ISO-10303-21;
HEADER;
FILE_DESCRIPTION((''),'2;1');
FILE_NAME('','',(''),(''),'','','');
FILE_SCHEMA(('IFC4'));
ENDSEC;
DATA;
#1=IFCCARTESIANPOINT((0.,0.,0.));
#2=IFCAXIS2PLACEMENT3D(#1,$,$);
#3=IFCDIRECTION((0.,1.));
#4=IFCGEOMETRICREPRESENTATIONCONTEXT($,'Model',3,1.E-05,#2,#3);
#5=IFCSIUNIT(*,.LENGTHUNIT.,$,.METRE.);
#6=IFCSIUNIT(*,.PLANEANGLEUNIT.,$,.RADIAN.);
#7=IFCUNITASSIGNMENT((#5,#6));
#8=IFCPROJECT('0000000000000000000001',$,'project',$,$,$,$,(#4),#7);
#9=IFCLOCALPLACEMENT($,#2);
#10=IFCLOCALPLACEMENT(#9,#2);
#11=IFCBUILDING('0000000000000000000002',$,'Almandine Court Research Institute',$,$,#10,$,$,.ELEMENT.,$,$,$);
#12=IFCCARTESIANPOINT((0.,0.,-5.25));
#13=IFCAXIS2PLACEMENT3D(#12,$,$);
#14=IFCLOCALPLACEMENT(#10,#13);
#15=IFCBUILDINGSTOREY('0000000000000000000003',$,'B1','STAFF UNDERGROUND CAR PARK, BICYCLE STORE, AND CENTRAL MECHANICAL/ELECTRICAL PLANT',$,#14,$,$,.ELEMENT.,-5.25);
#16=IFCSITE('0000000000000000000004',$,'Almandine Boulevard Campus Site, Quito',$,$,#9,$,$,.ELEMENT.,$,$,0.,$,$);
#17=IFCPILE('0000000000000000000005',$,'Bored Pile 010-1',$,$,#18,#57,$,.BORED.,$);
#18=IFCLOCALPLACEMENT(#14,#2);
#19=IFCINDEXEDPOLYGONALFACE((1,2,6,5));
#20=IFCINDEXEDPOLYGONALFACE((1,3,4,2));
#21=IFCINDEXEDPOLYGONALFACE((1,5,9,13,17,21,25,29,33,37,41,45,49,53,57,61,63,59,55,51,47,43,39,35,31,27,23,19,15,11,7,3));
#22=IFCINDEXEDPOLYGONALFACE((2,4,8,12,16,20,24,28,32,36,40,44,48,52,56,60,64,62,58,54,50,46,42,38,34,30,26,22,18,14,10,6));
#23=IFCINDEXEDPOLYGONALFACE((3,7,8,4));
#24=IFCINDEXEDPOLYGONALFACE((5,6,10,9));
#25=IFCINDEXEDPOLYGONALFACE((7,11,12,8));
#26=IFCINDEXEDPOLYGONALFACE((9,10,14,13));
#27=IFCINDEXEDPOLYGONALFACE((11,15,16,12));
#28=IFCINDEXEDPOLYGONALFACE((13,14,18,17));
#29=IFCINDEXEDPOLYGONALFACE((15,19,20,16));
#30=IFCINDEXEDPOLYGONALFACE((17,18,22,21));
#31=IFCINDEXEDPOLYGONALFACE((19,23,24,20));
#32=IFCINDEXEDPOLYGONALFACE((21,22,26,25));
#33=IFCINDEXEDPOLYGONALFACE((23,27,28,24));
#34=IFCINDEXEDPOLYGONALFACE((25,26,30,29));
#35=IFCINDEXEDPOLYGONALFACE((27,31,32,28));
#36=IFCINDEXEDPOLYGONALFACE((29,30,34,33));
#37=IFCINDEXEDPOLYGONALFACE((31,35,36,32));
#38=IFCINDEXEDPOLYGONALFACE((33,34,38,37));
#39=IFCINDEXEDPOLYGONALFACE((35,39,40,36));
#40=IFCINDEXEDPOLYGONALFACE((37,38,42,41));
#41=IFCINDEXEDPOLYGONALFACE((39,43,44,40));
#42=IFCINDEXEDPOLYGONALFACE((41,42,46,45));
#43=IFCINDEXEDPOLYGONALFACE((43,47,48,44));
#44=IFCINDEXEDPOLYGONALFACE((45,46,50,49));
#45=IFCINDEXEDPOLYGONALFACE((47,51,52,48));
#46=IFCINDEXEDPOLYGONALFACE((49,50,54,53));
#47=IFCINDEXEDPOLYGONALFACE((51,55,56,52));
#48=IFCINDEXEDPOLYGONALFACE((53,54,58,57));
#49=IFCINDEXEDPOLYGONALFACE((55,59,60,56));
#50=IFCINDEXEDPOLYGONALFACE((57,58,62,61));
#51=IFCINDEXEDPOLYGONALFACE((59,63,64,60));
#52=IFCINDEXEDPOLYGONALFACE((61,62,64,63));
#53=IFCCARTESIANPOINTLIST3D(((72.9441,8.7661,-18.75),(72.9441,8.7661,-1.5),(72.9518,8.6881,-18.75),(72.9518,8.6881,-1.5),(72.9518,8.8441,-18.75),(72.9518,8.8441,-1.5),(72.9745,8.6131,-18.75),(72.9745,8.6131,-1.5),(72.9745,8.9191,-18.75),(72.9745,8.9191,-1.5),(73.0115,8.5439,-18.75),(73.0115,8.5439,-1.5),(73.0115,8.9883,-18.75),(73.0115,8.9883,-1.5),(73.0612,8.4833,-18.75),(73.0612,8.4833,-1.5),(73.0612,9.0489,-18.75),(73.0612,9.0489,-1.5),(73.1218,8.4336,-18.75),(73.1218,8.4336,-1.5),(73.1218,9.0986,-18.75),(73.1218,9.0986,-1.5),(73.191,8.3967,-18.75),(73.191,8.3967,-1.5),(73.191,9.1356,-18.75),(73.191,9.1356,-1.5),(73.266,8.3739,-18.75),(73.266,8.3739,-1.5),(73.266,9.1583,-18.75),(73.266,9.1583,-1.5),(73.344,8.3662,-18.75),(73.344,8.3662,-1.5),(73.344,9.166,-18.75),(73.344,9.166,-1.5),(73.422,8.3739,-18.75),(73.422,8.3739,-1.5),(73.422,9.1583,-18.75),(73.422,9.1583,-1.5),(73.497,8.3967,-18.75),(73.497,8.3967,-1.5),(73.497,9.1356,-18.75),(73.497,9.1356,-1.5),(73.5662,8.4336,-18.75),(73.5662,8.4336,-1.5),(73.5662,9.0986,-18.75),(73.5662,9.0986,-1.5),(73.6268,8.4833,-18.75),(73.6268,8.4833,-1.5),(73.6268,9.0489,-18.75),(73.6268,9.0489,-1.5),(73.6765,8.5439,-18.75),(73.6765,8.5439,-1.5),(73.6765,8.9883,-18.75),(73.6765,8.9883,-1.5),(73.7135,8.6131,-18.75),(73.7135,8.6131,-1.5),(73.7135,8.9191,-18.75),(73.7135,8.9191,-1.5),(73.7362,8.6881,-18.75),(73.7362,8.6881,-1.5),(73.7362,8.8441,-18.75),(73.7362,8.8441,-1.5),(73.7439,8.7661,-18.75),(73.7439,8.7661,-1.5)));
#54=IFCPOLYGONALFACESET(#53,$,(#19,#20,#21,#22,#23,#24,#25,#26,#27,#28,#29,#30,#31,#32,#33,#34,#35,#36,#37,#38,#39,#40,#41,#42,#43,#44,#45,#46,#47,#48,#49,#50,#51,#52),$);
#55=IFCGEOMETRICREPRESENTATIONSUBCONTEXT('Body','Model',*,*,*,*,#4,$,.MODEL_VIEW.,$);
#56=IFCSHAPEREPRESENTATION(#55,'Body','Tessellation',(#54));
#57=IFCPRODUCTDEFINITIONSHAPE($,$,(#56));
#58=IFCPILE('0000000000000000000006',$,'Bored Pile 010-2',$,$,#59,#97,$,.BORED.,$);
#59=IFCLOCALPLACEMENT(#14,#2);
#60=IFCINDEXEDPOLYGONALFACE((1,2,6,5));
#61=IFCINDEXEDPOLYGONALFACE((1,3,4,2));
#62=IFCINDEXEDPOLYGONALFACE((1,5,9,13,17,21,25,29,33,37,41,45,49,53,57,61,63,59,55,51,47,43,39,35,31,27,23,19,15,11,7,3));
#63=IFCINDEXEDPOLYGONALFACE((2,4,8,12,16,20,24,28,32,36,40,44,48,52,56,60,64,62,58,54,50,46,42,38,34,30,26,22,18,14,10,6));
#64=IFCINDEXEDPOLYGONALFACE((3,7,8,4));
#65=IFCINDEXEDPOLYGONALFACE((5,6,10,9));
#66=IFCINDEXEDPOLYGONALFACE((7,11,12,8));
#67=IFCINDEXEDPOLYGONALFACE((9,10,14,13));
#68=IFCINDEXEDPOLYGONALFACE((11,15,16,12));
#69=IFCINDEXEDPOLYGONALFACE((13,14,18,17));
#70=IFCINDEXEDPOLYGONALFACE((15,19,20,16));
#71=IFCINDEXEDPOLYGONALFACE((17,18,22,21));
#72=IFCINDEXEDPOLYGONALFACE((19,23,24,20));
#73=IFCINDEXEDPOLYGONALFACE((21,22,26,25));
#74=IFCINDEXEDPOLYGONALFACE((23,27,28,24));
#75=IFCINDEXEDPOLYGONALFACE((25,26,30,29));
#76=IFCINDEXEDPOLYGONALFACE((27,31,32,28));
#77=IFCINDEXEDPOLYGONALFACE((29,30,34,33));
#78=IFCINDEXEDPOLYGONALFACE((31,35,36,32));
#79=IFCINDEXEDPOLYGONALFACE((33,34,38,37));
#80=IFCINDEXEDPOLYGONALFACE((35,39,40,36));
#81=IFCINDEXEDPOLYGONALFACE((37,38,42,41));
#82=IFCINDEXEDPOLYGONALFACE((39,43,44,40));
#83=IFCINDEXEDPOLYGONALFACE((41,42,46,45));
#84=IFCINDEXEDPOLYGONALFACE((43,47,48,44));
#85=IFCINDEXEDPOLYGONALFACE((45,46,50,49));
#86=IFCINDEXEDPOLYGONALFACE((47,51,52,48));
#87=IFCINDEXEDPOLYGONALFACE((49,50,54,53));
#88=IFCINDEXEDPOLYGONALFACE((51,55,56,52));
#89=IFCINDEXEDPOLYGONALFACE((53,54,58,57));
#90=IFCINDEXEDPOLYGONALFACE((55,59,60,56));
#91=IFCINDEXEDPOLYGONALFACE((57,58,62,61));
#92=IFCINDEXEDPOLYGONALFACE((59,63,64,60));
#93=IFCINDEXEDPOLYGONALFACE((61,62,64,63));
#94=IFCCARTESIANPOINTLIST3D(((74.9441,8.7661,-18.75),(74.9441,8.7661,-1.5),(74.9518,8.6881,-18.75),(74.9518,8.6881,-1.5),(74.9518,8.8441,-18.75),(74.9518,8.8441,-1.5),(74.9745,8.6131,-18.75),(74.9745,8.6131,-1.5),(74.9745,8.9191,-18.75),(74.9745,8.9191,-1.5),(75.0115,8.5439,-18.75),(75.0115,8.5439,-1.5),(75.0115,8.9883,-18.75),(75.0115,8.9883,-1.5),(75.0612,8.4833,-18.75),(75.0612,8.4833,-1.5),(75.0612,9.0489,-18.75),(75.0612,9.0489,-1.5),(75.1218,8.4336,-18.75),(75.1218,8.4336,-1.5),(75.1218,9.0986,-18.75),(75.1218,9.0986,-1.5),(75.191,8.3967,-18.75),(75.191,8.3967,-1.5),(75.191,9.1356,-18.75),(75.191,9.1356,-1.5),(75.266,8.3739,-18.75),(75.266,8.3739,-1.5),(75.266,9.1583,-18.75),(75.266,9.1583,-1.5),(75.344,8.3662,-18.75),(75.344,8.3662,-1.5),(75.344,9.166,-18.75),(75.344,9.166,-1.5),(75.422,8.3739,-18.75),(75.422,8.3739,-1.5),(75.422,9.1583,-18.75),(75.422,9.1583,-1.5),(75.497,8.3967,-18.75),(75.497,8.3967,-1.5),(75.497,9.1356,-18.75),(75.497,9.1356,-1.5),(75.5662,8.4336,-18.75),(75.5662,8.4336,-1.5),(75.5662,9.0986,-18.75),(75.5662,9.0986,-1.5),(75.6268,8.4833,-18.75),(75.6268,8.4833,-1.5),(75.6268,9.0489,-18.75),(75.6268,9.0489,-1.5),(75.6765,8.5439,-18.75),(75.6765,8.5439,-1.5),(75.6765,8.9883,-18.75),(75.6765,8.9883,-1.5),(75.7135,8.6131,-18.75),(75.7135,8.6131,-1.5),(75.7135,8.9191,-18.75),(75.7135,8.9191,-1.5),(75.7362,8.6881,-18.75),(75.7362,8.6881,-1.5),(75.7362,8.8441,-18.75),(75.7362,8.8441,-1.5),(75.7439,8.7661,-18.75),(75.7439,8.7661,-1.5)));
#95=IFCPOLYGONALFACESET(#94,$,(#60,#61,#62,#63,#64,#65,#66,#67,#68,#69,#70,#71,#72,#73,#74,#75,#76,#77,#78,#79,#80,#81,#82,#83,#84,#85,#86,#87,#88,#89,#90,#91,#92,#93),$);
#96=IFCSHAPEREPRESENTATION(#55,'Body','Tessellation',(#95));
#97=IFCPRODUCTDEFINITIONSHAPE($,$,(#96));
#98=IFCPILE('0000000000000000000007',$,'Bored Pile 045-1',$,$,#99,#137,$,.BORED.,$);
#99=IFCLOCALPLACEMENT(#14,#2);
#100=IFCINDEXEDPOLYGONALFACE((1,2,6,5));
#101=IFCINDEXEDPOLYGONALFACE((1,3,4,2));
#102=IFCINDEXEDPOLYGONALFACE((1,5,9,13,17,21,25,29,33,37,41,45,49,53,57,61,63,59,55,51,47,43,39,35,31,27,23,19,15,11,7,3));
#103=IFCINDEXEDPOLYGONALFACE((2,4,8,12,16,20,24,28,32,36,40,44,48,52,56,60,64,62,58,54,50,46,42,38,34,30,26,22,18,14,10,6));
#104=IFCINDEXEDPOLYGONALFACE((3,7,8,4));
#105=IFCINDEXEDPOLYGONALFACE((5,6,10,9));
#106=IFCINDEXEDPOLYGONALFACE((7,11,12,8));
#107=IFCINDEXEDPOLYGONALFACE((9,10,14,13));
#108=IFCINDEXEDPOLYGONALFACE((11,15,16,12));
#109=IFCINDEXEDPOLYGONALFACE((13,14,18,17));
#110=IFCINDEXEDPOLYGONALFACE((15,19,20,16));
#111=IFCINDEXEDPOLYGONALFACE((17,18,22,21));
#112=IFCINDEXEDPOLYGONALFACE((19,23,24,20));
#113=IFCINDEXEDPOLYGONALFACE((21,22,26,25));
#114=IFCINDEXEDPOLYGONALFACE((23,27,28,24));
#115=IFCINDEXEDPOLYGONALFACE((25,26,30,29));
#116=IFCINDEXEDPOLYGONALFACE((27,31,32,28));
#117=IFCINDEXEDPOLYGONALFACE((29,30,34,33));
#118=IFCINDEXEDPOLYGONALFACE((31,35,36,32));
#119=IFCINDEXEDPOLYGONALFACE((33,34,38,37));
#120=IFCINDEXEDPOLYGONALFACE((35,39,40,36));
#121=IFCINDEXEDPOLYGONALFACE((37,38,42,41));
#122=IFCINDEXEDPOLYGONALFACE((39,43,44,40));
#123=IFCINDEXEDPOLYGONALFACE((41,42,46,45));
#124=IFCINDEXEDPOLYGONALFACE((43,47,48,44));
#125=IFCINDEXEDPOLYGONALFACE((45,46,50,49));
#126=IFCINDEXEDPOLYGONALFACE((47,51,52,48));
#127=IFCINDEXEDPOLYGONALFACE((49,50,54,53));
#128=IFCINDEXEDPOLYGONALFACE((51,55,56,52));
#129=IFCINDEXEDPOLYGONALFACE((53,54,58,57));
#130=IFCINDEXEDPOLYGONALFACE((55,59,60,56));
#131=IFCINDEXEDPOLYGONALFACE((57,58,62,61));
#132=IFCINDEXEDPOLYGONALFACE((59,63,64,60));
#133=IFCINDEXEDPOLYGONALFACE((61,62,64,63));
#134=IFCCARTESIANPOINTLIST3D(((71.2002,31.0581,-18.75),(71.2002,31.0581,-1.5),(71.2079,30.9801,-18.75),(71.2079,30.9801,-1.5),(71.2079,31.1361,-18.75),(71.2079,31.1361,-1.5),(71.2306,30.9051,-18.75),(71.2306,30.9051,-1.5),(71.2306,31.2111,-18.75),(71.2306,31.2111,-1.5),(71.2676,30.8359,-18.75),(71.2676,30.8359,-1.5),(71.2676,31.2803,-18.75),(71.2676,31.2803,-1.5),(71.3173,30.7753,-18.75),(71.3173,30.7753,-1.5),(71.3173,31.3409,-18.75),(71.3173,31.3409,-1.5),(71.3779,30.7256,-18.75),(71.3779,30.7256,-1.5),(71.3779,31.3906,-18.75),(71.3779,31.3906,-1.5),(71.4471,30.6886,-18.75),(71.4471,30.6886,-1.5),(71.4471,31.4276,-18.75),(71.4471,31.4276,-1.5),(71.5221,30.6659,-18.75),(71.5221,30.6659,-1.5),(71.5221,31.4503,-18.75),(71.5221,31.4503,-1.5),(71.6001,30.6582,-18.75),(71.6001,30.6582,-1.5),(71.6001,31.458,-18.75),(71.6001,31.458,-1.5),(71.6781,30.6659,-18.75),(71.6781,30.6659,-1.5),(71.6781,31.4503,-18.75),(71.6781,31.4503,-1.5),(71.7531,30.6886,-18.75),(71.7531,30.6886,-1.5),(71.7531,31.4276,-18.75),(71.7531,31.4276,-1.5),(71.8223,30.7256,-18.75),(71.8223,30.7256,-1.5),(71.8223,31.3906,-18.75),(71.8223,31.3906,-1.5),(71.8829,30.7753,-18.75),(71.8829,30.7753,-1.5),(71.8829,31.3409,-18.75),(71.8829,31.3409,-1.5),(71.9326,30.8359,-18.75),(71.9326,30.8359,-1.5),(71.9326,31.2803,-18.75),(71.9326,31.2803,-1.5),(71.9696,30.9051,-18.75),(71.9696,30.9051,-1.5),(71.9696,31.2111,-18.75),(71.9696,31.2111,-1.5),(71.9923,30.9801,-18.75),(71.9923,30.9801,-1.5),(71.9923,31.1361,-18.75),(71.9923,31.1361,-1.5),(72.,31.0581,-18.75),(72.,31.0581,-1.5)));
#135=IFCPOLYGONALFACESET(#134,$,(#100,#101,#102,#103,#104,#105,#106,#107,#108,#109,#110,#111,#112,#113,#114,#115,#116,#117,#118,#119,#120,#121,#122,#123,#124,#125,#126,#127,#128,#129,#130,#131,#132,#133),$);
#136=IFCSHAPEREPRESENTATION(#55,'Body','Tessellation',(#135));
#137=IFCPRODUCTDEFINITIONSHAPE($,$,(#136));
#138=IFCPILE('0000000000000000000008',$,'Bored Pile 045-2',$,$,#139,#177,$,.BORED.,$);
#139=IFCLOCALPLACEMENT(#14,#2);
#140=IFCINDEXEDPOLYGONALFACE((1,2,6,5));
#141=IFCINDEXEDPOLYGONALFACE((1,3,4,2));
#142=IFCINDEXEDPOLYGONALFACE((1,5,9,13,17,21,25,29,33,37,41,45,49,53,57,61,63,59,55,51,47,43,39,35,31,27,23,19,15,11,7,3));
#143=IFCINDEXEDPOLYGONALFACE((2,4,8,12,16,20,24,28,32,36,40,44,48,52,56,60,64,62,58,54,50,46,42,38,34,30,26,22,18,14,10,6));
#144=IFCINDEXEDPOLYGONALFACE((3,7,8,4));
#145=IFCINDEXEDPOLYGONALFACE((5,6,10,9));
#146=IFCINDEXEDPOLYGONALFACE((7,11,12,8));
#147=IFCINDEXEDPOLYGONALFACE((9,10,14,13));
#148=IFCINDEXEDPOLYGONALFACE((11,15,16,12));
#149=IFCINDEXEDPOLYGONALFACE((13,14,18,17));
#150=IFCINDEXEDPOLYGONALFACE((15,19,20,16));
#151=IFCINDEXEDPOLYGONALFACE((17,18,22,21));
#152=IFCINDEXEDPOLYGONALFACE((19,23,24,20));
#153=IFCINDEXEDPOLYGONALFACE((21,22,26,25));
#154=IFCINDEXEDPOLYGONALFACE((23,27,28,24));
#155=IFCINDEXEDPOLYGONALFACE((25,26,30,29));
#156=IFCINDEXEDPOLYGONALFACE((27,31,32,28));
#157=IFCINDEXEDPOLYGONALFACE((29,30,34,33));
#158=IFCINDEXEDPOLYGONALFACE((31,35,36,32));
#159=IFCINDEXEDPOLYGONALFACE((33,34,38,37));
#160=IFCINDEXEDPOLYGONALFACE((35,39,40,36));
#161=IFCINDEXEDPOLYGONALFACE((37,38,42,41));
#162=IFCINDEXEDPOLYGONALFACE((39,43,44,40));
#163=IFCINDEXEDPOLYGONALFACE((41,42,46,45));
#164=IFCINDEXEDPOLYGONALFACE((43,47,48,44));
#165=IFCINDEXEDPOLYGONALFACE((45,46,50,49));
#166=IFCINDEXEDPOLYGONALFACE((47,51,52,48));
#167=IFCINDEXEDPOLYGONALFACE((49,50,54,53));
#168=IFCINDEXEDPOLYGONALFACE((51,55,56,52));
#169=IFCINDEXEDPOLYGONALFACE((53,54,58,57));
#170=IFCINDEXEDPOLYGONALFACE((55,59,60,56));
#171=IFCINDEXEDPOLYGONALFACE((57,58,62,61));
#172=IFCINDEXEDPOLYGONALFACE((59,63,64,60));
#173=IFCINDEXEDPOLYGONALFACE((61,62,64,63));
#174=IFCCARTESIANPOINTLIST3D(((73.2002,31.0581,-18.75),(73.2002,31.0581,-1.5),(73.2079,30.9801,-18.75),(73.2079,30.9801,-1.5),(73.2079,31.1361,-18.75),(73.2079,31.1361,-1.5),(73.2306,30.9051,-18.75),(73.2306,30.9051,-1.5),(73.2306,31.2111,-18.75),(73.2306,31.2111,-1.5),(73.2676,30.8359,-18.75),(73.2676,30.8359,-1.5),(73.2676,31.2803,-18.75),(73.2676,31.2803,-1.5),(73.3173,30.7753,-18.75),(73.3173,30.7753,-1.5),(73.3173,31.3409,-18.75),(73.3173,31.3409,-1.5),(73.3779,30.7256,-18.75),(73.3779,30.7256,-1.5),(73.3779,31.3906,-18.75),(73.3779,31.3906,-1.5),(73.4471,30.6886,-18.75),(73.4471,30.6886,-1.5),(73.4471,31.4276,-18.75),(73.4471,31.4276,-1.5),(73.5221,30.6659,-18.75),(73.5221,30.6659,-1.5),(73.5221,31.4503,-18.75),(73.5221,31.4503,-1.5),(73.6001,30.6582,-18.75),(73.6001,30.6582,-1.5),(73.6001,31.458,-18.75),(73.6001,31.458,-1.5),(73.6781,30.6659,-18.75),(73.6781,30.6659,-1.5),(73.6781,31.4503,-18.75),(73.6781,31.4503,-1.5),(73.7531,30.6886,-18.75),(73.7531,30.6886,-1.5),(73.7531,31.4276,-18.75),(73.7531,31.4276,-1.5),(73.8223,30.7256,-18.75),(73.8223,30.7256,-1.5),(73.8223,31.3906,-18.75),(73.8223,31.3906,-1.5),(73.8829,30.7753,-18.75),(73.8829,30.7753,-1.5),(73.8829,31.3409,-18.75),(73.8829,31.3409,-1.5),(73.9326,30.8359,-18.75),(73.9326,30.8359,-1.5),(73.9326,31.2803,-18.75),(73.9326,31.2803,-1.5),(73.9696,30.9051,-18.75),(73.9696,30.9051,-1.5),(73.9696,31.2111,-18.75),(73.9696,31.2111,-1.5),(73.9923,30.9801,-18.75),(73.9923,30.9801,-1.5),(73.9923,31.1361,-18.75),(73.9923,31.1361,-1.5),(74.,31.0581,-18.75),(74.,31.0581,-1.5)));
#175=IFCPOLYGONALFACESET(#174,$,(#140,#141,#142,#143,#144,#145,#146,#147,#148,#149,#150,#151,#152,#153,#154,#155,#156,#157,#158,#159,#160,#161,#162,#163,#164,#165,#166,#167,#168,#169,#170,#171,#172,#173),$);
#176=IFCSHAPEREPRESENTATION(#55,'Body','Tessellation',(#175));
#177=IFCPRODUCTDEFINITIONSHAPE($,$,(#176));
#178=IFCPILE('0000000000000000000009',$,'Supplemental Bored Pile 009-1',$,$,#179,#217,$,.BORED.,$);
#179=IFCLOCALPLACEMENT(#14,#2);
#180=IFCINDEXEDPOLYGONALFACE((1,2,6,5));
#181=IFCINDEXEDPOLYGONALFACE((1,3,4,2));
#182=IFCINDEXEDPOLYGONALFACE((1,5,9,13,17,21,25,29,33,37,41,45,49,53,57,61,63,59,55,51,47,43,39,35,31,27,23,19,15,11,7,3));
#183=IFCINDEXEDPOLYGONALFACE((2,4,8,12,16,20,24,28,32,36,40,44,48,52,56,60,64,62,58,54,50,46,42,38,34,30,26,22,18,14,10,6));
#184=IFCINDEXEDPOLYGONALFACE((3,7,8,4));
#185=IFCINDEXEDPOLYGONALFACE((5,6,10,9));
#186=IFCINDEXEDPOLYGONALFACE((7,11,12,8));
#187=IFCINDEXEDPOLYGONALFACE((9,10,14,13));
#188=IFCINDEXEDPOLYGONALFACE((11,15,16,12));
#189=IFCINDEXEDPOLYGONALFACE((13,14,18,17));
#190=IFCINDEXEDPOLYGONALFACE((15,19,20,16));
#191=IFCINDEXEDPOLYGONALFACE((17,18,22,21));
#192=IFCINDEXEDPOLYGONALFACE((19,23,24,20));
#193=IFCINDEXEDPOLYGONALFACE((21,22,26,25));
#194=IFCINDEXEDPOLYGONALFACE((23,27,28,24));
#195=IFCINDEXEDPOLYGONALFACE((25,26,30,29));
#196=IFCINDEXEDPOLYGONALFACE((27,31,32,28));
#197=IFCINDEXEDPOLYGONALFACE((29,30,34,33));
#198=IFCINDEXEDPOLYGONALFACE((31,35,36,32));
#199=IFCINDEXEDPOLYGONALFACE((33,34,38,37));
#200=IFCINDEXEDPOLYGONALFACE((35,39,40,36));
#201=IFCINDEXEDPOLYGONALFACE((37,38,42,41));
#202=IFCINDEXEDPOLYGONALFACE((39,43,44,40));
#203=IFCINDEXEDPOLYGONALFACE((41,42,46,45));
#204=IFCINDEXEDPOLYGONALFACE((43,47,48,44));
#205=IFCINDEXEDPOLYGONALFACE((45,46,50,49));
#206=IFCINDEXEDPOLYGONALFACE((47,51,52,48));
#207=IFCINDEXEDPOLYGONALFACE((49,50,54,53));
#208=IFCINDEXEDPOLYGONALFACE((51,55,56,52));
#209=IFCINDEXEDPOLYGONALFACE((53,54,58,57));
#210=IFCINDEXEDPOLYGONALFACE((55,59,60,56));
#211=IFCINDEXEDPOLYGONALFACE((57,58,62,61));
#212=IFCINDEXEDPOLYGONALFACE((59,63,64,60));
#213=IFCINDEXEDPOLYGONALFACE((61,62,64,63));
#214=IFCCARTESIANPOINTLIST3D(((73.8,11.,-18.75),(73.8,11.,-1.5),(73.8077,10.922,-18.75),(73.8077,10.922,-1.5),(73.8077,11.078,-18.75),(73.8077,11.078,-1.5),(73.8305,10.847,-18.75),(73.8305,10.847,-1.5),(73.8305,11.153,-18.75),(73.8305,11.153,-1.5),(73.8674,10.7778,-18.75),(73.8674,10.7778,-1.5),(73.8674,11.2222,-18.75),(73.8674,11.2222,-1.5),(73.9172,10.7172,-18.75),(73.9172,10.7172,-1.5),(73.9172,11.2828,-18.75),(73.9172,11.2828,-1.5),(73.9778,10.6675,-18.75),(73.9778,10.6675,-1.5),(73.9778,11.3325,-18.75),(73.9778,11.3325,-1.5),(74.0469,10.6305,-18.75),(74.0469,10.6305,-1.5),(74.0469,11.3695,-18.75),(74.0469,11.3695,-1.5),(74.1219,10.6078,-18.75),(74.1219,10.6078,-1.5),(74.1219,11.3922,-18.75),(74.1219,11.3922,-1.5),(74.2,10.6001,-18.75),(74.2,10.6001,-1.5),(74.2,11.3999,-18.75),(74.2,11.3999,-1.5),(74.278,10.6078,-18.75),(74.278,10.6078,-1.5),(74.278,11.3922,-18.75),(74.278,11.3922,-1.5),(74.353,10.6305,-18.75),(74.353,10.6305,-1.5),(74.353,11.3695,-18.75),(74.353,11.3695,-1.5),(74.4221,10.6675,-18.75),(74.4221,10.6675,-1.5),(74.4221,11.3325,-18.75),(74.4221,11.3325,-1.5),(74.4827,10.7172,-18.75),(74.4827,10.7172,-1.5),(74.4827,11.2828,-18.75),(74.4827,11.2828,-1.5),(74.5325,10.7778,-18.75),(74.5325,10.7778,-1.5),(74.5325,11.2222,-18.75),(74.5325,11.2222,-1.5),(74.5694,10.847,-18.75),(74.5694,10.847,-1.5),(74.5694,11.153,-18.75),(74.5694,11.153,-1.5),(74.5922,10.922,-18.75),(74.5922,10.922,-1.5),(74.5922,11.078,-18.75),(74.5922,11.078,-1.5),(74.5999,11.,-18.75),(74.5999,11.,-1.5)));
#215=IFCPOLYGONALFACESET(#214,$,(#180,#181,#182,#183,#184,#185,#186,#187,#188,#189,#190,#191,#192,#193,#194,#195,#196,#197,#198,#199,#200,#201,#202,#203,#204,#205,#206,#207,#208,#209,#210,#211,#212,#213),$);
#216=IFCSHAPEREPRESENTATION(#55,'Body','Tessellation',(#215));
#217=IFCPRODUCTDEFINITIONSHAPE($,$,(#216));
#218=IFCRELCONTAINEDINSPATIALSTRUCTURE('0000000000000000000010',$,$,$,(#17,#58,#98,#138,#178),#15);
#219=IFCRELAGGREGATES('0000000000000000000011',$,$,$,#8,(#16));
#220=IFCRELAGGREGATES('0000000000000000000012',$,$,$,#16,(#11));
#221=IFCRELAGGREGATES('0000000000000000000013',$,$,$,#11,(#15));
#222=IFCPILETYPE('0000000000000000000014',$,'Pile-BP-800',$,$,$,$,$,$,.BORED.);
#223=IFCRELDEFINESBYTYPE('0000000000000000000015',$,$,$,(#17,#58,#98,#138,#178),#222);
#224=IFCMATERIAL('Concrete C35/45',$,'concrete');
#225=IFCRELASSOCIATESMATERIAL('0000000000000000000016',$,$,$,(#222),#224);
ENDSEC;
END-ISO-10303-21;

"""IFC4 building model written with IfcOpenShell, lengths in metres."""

from ifc_helpers import new_model, si_unit, direction, frame, origin, origin_2d, place, context, subcontext, project, spatial, circle, extrude, material, material_profile, profile_set, type_object, element, save


model = new_model("IFC4")

# Units and contexts
model_context = context("Model", 3, precision=1e-05, world=origin(), true_north=direction((0.0, 1.0)))
body_context = subcontext(model_context, "Body", "Model", "MODEL_VIEW")
ifc_project = project(units=[si_unit("LENGTHUNIT", "METRE"), si_unit("PLANEANGLEUNIT", "RADIAN")], contexts=[model_context])

# Site, building, storey
site_placement = place(None, origin())
site = spatial("IfcSite", under=ifc_project, at=site_placement, Name="Almandine Boulevard Campus Site, Quito", CompositionType="ELEMENT", RefElevation=0.0)
building_placement = place(site_placement, origin())
building = spatial("IfcBuilding", under=site, at=building_placement, Name="Almandine Court Research Institute", CompositionType="ELEMENT")
storey_placement = place(building_placement, frame((0.0, 0.0, -5.25)))
storey = spatial("IfcBuildingStorey", under=building, at=storey_placement, Name="B1", Description="STAFF UNDERGROUND CAR PARK, BICYCLE STORE, AND CENTRAL MECHANICAL/ELECTRICAL PLANT", CompositionType="ELEMENT", Elevation=-5.25)

# Shared definitions
ifc_material_1 = material(Name="Concrete C35/45", Category="concrete")

# Piles
ifc_material_profile_1 = material_profile(ifc_material_1, circle(Radius=0.3999, at=origin_2d()), Name="BORED PILE D800")
ifc_profile_set_1 = profile_set([ifc_material_profile_1], Name="Concrete C35/45")
pile_type_1 = type_object("IfcPileType", Name="Pile-BP-800", PredefinedType="BORED", material=ifc_profile_set_1)
for number, where, z_axis, x_axis, name in (
    (1, (73.344, 8.7661, -1.5), (0.0, 0.0, -1.0), (1.0, 0.0, 0.0), "Bored Pile 010-1"),
    (2, (75.344, 8.7661, -1.5), (0.0, 0.0, -1.0), (1.0, 0.0, 0.0), "Bored Pile 010-2"),
    (3, (71.6001, 31.0581, -1.5), (0.0, 0.0, -1.0), (1.0, 0.0, 0.0), "Bored Pile 045-1"),
    (4, (73.6001, 31.0581, -1.5), (0.0, 0.0, -1.0), (1.0, 0.0, 0.0), "Bored Pile 045-2"),
    (5, (74.2, 11.0, -1.5), (0.0, 0.0, -1.0), (1.0, 0.0, 0.0), "Supplemental Bored Pile 009-1"),
):
    element("IfcPile", number, at=place(storey_placement, frame(where, z_axis=z_axis, x_axis=x_axis)), inside=storey, type_object=pile_type_1, Name=name, PredefinedType="BORED", context=body_context, shape_type="SweptSolid", body=[
        extrude(circle(Radius=0.3999, at=origin_2d()), origin(), (0.0, 0.0, 1.0), 17.25),
    ])

save(model, "model.ifc")
